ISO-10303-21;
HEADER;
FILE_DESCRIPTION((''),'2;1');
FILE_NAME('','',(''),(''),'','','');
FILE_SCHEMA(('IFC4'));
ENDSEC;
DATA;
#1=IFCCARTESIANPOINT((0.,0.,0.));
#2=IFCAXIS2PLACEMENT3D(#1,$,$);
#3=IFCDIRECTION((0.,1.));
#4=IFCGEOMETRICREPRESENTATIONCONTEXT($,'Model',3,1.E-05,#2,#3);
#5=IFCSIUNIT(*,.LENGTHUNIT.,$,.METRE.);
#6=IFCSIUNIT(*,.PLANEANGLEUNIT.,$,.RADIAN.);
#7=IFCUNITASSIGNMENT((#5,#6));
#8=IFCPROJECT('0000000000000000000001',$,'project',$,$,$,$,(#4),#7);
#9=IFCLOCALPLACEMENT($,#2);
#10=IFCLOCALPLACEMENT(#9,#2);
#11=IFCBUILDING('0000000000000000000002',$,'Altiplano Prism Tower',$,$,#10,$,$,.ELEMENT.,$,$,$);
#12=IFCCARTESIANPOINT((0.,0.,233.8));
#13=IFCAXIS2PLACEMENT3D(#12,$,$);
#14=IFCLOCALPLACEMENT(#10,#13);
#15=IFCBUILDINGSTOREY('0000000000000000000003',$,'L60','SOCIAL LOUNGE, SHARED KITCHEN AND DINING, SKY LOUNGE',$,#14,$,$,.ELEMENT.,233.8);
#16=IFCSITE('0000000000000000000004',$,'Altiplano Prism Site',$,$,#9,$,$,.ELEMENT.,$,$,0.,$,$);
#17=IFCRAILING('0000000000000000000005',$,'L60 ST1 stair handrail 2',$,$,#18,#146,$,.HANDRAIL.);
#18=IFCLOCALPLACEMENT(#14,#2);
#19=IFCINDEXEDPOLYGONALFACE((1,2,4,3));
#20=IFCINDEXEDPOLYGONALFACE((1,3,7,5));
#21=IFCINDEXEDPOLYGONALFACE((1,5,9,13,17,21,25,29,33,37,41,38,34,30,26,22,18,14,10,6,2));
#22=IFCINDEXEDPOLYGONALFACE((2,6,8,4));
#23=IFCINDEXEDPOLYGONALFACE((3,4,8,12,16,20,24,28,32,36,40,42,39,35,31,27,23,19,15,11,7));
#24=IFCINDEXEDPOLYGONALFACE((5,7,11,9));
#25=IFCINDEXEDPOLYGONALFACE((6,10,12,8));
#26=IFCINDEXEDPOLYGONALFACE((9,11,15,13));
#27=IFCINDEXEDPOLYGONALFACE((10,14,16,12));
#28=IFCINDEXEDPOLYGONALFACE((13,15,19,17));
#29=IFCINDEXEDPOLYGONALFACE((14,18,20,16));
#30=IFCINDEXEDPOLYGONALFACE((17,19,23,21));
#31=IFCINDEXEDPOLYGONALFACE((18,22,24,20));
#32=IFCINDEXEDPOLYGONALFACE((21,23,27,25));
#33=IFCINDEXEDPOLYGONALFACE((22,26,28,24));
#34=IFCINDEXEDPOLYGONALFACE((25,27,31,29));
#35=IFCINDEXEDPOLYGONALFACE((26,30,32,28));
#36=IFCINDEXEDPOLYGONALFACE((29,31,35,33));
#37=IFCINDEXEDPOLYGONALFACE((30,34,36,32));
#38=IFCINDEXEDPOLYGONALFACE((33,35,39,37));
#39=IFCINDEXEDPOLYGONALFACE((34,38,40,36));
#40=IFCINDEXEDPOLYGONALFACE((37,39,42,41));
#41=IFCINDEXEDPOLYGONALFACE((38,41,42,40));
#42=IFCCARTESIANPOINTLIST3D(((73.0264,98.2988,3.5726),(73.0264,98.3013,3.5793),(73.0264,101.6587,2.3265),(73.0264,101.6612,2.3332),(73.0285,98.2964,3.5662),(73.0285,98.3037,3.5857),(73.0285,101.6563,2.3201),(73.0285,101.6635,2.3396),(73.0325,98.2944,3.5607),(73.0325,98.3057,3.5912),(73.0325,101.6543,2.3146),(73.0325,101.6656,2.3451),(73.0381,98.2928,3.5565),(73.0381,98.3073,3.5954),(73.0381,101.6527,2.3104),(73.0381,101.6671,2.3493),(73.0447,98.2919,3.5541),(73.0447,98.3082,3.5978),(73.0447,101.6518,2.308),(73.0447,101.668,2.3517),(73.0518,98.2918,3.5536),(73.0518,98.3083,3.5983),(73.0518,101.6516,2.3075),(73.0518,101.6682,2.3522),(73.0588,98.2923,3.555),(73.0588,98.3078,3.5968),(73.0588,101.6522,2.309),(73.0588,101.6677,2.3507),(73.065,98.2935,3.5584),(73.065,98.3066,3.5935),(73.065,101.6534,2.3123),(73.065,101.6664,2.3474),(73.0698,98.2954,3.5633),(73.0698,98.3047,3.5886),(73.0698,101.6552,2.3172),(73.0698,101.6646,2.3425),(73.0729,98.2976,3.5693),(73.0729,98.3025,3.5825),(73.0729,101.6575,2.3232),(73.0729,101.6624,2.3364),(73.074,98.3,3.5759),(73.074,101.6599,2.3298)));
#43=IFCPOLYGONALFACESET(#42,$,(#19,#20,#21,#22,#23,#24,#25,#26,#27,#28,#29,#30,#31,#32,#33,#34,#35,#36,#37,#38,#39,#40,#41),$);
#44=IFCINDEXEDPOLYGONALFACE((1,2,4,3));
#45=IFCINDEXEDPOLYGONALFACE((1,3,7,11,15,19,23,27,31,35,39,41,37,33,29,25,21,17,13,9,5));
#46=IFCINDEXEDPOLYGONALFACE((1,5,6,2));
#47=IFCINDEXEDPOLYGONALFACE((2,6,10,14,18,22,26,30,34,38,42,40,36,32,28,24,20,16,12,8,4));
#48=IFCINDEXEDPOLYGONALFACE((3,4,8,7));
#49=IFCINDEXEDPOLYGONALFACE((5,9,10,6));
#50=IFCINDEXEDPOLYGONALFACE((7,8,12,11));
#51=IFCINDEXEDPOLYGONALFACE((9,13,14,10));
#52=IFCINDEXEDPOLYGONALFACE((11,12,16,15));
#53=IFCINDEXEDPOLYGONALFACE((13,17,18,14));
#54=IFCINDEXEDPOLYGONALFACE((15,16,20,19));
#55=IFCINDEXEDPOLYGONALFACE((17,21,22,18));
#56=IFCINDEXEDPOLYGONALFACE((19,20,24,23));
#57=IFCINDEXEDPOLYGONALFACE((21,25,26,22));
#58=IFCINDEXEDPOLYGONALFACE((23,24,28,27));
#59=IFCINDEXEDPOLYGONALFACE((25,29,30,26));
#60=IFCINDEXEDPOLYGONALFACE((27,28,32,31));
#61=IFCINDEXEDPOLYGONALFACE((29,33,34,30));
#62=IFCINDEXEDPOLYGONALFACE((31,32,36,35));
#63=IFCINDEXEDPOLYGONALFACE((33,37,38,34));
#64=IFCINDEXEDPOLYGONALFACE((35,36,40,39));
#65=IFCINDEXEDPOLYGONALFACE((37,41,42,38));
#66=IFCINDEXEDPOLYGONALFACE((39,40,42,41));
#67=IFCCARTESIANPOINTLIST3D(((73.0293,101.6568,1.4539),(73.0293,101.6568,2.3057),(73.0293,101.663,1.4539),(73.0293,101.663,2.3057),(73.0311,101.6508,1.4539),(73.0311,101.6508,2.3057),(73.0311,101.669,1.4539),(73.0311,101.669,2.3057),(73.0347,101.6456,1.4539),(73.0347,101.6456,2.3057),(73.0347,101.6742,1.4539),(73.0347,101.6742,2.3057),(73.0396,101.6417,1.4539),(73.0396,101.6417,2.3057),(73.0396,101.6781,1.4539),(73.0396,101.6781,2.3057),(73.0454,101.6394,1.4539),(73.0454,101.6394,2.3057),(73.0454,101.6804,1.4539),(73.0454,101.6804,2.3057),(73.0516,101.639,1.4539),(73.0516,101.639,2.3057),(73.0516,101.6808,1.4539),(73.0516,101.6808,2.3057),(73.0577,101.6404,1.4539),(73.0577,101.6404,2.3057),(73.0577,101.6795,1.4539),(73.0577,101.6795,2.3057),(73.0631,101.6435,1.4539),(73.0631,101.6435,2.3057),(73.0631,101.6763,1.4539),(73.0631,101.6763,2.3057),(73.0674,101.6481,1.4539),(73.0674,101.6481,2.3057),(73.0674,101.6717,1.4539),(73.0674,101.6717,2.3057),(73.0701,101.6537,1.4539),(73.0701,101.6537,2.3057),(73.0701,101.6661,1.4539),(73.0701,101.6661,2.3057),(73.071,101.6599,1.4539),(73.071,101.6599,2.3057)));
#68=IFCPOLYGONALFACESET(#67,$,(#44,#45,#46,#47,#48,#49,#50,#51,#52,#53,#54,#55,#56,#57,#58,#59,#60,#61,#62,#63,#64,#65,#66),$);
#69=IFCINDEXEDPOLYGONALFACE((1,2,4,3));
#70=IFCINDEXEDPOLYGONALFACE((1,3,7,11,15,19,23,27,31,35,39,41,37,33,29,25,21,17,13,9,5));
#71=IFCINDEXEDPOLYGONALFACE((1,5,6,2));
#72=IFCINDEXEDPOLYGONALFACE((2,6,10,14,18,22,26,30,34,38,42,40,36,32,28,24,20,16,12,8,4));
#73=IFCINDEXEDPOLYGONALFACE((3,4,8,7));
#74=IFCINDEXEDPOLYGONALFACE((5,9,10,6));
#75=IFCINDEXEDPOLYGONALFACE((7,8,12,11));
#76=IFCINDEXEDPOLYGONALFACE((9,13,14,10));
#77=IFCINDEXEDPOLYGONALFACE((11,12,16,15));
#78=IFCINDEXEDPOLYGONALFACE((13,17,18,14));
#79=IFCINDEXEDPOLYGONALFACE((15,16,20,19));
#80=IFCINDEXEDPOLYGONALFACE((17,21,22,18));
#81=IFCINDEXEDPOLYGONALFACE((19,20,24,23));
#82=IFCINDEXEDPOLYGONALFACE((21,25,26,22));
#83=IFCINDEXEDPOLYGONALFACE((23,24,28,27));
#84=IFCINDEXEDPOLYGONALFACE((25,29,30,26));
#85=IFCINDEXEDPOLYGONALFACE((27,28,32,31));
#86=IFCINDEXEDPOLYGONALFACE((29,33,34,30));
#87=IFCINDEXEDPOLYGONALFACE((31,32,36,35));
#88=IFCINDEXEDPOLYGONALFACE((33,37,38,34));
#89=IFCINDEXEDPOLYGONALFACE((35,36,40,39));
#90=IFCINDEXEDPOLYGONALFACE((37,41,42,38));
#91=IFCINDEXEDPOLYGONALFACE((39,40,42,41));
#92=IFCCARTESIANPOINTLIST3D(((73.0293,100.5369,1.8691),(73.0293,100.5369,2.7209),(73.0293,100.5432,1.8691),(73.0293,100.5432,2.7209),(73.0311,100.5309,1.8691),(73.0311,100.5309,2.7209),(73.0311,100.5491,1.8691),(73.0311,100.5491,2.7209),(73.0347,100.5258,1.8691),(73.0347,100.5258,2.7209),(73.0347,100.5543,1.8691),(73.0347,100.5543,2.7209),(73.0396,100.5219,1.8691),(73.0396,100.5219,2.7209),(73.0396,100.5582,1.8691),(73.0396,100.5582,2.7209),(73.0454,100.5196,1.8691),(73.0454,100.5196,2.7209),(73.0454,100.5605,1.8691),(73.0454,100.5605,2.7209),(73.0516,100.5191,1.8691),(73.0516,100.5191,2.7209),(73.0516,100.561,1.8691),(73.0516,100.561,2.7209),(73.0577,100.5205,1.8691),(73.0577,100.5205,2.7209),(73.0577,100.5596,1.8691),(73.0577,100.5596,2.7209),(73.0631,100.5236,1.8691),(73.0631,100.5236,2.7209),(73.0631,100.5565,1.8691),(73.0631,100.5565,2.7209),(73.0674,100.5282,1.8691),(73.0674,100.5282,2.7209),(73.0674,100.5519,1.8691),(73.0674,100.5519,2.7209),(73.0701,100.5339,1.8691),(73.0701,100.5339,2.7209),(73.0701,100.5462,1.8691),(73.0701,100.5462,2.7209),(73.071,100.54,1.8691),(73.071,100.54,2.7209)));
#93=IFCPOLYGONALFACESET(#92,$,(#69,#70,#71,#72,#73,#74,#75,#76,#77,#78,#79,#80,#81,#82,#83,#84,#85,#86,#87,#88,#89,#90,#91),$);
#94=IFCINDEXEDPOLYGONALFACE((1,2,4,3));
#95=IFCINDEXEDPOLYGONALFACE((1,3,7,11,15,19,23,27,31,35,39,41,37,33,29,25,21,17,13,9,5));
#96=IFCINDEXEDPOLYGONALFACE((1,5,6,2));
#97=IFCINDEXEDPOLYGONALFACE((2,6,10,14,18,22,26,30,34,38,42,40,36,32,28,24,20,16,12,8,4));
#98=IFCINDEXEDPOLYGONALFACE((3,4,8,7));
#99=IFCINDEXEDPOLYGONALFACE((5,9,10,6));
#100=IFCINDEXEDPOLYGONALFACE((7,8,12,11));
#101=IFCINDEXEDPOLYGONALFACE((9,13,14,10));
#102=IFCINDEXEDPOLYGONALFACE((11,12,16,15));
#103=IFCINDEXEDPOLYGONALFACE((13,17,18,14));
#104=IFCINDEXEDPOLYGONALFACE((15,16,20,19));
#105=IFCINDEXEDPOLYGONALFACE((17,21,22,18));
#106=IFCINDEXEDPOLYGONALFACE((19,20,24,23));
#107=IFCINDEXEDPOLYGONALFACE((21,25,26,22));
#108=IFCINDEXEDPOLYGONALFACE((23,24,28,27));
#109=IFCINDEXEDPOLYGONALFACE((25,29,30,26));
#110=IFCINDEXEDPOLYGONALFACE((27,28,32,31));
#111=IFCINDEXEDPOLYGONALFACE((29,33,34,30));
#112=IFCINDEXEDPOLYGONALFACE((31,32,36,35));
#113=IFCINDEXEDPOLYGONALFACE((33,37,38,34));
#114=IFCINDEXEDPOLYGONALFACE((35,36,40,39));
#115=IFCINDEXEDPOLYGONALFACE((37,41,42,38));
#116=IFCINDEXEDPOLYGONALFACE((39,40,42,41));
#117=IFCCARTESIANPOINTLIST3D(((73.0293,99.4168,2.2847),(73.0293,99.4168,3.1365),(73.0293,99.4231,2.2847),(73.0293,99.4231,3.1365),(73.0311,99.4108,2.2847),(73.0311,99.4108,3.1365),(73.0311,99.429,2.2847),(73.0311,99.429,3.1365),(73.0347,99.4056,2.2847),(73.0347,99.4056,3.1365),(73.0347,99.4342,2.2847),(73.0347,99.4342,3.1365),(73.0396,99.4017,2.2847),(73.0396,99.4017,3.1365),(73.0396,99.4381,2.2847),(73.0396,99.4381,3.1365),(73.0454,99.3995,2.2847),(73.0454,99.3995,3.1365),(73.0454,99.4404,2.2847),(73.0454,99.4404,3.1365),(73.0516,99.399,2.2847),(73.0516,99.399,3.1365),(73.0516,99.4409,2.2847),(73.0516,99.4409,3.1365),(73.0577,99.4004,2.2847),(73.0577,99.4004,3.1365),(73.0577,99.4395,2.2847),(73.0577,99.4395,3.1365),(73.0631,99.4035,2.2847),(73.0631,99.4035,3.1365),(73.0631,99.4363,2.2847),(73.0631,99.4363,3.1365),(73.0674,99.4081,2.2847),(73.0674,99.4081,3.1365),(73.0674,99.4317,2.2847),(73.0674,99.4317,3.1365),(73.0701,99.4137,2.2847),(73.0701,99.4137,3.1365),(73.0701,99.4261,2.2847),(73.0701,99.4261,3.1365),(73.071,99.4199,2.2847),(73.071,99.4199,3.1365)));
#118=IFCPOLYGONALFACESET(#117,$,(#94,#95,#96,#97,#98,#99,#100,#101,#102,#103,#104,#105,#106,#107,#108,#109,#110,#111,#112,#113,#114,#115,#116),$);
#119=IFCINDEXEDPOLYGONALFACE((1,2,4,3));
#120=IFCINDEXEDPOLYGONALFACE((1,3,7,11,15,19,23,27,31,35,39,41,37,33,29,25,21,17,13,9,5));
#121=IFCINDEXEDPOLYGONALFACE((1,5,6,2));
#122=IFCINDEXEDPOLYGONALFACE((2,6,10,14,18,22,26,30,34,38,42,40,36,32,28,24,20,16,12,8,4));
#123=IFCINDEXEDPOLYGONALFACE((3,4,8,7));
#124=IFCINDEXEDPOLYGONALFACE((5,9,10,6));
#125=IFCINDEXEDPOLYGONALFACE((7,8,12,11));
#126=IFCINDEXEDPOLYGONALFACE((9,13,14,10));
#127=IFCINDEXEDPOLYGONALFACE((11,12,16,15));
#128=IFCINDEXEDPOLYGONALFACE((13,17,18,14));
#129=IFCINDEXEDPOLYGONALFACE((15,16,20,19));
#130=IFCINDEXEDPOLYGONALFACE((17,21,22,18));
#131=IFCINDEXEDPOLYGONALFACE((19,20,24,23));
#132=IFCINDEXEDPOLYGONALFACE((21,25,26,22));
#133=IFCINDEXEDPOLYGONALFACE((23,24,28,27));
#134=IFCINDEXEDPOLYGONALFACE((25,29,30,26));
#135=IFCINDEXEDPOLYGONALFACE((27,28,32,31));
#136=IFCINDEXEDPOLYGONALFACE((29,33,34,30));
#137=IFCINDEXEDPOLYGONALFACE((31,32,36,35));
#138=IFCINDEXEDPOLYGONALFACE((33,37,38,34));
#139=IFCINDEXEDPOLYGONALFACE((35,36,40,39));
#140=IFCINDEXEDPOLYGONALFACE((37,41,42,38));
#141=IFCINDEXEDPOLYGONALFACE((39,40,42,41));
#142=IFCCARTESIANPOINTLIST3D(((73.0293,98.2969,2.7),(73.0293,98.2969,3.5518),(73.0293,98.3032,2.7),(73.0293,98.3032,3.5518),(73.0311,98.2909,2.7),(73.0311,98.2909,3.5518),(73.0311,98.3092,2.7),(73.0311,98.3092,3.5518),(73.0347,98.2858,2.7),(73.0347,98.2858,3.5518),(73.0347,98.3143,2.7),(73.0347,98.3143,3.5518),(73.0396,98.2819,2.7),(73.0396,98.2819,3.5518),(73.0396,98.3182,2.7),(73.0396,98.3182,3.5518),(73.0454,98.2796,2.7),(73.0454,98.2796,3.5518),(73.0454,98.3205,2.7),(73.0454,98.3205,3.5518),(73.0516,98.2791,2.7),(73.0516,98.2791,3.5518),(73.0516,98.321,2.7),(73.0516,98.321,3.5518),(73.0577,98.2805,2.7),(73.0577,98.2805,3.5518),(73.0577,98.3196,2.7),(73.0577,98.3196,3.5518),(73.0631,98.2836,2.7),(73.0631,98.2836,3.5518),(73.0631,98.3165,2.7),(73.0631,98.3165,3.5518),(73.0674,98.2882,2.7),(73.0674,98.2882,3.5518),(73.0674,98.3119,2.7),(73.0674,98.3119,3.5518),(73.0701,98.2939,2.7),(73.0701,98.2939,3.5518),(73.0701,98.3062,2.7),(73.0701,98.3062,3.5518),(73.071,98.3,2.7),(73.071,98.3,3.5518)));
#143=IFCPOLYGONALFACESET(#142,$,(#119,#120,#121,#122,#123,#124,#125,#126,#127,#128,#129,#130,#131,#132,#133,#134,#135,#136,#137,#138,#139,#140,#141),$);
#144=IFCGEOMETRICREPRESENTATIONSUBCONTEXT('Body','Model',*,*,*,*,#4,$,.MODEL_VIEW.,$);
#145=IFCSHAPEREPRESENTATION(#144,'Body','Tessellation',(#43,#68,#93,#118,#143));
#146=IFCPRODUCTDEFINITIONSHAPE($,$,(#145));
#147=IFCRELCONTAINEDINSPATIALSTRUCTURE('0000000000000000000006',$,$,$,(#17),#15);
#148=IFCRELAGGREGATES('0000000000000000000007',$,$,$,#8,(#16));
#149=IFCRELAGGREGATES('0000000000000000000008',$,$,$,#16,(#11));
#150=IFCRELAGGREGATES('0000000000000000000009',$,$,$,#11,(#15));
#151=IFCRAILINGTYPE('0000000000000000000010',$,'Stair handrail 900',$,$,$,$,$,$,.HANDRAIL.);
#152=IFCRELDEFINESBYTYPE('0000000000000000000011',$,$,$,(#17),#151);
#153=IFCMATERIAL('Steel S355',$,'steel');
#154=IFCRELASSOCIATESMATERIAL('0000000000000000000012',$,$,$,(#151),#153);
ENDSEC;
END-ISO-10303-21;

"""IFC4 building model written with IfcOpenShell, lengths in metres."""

from ifc_helpers import new_model, si_unit, direction, frame, origin, origin_2d, place, context, subcontext, project, spatial, circle, extrude, material, type_object, element, save


model = new_model("IFC4")

# Units and contexts
model_context = context("Model", 3, precision=1e-05, world=origin(), true_north=direction((0.0, 1.0)))
body_context = subcontext(model_context, "Body", "Model", "MODEL_VIEW")
ifc_project = project(units=[si_unit("LENGTHUNIT", "METRE"), si_unit("PLANEANGLEUNIT", "RADIAN")], contexts=[model_context])

# Site, building, storey
site_placement = place(None, origin())
site = spatial("IfcSite", under=ifc_project, at=site_placement, Name="Altiplano Prism Site", CompositionType="ELEMENT", RefElevation=0.0)
building_placement = place(site_placement, origin())
building = spatial("IfcBuilding", under=site, at=building_placement, Name="Altiplano Prism Tower", CompositionType="ELEMENT")
storey_placement = place(building_placement, frame((0.0, 0.0, 233.8)))
storey = spatial("IfcBuildingStorey", under=building, at=storey_placement, Name="L60", Description="SOCIAL LOUNGE, SHARED KITCHEN AND DINING, SKY LOUNGE", CompositionType="ELEMENT", Elevation=233.8)

# Railing
ifc_material_1 = material(Name="Steel S355", Category="steel")
railing_type_1 = type_object("IfcRailingType", Name="Stair handrail 900", PredefinedType="HANDRAIL", material=ifc_material_1)
railing_1_placement = place(storey_placement, frame((73.05, 101.6599, 1.4539)))
element("IfcRailing", 1, at=railing_1_placement, inside=storey, type_object=railing_type_1, Name="L60 ST1 stair handrail 2", PredefinedType="HANDRAIL", context=body_context, shape_type="SweptSolid", body=[
    extrude(circle(Radius=0.0239, at=origin_2d()), frame((0.0, 0.0, 0.876), z_axis=(0.0, -0.937594, 0.347731), x_axis=(1.0, 0.0, 0.0)), (0.0, 0.0, 1.0), 3.5835),
    extrude(circle(Radius=0.021, at=origin_2d()), origin(), (0.0, 0.0, 1.0), 0.8518),
    extrude(circle(Radius=0.021, at=origin_2d()), frame((0.0, -1.1199, 0.4153)), (0.0, 0.0, 1.0), 0.8518),
    extrude(circle(Radius=0.021, at=origin_2d()), frame((0.0, -2.24, 0.8308)), (0.0, 0.0, 1.0), 0.8518),
    extrude(circle(Radius=0.021, at=origin_2d()), frame((0.0, -3.3599, 1.2461)), (0.0, 0.0, 1.0), 0.8518),
])

save(model, "model.ifc")
